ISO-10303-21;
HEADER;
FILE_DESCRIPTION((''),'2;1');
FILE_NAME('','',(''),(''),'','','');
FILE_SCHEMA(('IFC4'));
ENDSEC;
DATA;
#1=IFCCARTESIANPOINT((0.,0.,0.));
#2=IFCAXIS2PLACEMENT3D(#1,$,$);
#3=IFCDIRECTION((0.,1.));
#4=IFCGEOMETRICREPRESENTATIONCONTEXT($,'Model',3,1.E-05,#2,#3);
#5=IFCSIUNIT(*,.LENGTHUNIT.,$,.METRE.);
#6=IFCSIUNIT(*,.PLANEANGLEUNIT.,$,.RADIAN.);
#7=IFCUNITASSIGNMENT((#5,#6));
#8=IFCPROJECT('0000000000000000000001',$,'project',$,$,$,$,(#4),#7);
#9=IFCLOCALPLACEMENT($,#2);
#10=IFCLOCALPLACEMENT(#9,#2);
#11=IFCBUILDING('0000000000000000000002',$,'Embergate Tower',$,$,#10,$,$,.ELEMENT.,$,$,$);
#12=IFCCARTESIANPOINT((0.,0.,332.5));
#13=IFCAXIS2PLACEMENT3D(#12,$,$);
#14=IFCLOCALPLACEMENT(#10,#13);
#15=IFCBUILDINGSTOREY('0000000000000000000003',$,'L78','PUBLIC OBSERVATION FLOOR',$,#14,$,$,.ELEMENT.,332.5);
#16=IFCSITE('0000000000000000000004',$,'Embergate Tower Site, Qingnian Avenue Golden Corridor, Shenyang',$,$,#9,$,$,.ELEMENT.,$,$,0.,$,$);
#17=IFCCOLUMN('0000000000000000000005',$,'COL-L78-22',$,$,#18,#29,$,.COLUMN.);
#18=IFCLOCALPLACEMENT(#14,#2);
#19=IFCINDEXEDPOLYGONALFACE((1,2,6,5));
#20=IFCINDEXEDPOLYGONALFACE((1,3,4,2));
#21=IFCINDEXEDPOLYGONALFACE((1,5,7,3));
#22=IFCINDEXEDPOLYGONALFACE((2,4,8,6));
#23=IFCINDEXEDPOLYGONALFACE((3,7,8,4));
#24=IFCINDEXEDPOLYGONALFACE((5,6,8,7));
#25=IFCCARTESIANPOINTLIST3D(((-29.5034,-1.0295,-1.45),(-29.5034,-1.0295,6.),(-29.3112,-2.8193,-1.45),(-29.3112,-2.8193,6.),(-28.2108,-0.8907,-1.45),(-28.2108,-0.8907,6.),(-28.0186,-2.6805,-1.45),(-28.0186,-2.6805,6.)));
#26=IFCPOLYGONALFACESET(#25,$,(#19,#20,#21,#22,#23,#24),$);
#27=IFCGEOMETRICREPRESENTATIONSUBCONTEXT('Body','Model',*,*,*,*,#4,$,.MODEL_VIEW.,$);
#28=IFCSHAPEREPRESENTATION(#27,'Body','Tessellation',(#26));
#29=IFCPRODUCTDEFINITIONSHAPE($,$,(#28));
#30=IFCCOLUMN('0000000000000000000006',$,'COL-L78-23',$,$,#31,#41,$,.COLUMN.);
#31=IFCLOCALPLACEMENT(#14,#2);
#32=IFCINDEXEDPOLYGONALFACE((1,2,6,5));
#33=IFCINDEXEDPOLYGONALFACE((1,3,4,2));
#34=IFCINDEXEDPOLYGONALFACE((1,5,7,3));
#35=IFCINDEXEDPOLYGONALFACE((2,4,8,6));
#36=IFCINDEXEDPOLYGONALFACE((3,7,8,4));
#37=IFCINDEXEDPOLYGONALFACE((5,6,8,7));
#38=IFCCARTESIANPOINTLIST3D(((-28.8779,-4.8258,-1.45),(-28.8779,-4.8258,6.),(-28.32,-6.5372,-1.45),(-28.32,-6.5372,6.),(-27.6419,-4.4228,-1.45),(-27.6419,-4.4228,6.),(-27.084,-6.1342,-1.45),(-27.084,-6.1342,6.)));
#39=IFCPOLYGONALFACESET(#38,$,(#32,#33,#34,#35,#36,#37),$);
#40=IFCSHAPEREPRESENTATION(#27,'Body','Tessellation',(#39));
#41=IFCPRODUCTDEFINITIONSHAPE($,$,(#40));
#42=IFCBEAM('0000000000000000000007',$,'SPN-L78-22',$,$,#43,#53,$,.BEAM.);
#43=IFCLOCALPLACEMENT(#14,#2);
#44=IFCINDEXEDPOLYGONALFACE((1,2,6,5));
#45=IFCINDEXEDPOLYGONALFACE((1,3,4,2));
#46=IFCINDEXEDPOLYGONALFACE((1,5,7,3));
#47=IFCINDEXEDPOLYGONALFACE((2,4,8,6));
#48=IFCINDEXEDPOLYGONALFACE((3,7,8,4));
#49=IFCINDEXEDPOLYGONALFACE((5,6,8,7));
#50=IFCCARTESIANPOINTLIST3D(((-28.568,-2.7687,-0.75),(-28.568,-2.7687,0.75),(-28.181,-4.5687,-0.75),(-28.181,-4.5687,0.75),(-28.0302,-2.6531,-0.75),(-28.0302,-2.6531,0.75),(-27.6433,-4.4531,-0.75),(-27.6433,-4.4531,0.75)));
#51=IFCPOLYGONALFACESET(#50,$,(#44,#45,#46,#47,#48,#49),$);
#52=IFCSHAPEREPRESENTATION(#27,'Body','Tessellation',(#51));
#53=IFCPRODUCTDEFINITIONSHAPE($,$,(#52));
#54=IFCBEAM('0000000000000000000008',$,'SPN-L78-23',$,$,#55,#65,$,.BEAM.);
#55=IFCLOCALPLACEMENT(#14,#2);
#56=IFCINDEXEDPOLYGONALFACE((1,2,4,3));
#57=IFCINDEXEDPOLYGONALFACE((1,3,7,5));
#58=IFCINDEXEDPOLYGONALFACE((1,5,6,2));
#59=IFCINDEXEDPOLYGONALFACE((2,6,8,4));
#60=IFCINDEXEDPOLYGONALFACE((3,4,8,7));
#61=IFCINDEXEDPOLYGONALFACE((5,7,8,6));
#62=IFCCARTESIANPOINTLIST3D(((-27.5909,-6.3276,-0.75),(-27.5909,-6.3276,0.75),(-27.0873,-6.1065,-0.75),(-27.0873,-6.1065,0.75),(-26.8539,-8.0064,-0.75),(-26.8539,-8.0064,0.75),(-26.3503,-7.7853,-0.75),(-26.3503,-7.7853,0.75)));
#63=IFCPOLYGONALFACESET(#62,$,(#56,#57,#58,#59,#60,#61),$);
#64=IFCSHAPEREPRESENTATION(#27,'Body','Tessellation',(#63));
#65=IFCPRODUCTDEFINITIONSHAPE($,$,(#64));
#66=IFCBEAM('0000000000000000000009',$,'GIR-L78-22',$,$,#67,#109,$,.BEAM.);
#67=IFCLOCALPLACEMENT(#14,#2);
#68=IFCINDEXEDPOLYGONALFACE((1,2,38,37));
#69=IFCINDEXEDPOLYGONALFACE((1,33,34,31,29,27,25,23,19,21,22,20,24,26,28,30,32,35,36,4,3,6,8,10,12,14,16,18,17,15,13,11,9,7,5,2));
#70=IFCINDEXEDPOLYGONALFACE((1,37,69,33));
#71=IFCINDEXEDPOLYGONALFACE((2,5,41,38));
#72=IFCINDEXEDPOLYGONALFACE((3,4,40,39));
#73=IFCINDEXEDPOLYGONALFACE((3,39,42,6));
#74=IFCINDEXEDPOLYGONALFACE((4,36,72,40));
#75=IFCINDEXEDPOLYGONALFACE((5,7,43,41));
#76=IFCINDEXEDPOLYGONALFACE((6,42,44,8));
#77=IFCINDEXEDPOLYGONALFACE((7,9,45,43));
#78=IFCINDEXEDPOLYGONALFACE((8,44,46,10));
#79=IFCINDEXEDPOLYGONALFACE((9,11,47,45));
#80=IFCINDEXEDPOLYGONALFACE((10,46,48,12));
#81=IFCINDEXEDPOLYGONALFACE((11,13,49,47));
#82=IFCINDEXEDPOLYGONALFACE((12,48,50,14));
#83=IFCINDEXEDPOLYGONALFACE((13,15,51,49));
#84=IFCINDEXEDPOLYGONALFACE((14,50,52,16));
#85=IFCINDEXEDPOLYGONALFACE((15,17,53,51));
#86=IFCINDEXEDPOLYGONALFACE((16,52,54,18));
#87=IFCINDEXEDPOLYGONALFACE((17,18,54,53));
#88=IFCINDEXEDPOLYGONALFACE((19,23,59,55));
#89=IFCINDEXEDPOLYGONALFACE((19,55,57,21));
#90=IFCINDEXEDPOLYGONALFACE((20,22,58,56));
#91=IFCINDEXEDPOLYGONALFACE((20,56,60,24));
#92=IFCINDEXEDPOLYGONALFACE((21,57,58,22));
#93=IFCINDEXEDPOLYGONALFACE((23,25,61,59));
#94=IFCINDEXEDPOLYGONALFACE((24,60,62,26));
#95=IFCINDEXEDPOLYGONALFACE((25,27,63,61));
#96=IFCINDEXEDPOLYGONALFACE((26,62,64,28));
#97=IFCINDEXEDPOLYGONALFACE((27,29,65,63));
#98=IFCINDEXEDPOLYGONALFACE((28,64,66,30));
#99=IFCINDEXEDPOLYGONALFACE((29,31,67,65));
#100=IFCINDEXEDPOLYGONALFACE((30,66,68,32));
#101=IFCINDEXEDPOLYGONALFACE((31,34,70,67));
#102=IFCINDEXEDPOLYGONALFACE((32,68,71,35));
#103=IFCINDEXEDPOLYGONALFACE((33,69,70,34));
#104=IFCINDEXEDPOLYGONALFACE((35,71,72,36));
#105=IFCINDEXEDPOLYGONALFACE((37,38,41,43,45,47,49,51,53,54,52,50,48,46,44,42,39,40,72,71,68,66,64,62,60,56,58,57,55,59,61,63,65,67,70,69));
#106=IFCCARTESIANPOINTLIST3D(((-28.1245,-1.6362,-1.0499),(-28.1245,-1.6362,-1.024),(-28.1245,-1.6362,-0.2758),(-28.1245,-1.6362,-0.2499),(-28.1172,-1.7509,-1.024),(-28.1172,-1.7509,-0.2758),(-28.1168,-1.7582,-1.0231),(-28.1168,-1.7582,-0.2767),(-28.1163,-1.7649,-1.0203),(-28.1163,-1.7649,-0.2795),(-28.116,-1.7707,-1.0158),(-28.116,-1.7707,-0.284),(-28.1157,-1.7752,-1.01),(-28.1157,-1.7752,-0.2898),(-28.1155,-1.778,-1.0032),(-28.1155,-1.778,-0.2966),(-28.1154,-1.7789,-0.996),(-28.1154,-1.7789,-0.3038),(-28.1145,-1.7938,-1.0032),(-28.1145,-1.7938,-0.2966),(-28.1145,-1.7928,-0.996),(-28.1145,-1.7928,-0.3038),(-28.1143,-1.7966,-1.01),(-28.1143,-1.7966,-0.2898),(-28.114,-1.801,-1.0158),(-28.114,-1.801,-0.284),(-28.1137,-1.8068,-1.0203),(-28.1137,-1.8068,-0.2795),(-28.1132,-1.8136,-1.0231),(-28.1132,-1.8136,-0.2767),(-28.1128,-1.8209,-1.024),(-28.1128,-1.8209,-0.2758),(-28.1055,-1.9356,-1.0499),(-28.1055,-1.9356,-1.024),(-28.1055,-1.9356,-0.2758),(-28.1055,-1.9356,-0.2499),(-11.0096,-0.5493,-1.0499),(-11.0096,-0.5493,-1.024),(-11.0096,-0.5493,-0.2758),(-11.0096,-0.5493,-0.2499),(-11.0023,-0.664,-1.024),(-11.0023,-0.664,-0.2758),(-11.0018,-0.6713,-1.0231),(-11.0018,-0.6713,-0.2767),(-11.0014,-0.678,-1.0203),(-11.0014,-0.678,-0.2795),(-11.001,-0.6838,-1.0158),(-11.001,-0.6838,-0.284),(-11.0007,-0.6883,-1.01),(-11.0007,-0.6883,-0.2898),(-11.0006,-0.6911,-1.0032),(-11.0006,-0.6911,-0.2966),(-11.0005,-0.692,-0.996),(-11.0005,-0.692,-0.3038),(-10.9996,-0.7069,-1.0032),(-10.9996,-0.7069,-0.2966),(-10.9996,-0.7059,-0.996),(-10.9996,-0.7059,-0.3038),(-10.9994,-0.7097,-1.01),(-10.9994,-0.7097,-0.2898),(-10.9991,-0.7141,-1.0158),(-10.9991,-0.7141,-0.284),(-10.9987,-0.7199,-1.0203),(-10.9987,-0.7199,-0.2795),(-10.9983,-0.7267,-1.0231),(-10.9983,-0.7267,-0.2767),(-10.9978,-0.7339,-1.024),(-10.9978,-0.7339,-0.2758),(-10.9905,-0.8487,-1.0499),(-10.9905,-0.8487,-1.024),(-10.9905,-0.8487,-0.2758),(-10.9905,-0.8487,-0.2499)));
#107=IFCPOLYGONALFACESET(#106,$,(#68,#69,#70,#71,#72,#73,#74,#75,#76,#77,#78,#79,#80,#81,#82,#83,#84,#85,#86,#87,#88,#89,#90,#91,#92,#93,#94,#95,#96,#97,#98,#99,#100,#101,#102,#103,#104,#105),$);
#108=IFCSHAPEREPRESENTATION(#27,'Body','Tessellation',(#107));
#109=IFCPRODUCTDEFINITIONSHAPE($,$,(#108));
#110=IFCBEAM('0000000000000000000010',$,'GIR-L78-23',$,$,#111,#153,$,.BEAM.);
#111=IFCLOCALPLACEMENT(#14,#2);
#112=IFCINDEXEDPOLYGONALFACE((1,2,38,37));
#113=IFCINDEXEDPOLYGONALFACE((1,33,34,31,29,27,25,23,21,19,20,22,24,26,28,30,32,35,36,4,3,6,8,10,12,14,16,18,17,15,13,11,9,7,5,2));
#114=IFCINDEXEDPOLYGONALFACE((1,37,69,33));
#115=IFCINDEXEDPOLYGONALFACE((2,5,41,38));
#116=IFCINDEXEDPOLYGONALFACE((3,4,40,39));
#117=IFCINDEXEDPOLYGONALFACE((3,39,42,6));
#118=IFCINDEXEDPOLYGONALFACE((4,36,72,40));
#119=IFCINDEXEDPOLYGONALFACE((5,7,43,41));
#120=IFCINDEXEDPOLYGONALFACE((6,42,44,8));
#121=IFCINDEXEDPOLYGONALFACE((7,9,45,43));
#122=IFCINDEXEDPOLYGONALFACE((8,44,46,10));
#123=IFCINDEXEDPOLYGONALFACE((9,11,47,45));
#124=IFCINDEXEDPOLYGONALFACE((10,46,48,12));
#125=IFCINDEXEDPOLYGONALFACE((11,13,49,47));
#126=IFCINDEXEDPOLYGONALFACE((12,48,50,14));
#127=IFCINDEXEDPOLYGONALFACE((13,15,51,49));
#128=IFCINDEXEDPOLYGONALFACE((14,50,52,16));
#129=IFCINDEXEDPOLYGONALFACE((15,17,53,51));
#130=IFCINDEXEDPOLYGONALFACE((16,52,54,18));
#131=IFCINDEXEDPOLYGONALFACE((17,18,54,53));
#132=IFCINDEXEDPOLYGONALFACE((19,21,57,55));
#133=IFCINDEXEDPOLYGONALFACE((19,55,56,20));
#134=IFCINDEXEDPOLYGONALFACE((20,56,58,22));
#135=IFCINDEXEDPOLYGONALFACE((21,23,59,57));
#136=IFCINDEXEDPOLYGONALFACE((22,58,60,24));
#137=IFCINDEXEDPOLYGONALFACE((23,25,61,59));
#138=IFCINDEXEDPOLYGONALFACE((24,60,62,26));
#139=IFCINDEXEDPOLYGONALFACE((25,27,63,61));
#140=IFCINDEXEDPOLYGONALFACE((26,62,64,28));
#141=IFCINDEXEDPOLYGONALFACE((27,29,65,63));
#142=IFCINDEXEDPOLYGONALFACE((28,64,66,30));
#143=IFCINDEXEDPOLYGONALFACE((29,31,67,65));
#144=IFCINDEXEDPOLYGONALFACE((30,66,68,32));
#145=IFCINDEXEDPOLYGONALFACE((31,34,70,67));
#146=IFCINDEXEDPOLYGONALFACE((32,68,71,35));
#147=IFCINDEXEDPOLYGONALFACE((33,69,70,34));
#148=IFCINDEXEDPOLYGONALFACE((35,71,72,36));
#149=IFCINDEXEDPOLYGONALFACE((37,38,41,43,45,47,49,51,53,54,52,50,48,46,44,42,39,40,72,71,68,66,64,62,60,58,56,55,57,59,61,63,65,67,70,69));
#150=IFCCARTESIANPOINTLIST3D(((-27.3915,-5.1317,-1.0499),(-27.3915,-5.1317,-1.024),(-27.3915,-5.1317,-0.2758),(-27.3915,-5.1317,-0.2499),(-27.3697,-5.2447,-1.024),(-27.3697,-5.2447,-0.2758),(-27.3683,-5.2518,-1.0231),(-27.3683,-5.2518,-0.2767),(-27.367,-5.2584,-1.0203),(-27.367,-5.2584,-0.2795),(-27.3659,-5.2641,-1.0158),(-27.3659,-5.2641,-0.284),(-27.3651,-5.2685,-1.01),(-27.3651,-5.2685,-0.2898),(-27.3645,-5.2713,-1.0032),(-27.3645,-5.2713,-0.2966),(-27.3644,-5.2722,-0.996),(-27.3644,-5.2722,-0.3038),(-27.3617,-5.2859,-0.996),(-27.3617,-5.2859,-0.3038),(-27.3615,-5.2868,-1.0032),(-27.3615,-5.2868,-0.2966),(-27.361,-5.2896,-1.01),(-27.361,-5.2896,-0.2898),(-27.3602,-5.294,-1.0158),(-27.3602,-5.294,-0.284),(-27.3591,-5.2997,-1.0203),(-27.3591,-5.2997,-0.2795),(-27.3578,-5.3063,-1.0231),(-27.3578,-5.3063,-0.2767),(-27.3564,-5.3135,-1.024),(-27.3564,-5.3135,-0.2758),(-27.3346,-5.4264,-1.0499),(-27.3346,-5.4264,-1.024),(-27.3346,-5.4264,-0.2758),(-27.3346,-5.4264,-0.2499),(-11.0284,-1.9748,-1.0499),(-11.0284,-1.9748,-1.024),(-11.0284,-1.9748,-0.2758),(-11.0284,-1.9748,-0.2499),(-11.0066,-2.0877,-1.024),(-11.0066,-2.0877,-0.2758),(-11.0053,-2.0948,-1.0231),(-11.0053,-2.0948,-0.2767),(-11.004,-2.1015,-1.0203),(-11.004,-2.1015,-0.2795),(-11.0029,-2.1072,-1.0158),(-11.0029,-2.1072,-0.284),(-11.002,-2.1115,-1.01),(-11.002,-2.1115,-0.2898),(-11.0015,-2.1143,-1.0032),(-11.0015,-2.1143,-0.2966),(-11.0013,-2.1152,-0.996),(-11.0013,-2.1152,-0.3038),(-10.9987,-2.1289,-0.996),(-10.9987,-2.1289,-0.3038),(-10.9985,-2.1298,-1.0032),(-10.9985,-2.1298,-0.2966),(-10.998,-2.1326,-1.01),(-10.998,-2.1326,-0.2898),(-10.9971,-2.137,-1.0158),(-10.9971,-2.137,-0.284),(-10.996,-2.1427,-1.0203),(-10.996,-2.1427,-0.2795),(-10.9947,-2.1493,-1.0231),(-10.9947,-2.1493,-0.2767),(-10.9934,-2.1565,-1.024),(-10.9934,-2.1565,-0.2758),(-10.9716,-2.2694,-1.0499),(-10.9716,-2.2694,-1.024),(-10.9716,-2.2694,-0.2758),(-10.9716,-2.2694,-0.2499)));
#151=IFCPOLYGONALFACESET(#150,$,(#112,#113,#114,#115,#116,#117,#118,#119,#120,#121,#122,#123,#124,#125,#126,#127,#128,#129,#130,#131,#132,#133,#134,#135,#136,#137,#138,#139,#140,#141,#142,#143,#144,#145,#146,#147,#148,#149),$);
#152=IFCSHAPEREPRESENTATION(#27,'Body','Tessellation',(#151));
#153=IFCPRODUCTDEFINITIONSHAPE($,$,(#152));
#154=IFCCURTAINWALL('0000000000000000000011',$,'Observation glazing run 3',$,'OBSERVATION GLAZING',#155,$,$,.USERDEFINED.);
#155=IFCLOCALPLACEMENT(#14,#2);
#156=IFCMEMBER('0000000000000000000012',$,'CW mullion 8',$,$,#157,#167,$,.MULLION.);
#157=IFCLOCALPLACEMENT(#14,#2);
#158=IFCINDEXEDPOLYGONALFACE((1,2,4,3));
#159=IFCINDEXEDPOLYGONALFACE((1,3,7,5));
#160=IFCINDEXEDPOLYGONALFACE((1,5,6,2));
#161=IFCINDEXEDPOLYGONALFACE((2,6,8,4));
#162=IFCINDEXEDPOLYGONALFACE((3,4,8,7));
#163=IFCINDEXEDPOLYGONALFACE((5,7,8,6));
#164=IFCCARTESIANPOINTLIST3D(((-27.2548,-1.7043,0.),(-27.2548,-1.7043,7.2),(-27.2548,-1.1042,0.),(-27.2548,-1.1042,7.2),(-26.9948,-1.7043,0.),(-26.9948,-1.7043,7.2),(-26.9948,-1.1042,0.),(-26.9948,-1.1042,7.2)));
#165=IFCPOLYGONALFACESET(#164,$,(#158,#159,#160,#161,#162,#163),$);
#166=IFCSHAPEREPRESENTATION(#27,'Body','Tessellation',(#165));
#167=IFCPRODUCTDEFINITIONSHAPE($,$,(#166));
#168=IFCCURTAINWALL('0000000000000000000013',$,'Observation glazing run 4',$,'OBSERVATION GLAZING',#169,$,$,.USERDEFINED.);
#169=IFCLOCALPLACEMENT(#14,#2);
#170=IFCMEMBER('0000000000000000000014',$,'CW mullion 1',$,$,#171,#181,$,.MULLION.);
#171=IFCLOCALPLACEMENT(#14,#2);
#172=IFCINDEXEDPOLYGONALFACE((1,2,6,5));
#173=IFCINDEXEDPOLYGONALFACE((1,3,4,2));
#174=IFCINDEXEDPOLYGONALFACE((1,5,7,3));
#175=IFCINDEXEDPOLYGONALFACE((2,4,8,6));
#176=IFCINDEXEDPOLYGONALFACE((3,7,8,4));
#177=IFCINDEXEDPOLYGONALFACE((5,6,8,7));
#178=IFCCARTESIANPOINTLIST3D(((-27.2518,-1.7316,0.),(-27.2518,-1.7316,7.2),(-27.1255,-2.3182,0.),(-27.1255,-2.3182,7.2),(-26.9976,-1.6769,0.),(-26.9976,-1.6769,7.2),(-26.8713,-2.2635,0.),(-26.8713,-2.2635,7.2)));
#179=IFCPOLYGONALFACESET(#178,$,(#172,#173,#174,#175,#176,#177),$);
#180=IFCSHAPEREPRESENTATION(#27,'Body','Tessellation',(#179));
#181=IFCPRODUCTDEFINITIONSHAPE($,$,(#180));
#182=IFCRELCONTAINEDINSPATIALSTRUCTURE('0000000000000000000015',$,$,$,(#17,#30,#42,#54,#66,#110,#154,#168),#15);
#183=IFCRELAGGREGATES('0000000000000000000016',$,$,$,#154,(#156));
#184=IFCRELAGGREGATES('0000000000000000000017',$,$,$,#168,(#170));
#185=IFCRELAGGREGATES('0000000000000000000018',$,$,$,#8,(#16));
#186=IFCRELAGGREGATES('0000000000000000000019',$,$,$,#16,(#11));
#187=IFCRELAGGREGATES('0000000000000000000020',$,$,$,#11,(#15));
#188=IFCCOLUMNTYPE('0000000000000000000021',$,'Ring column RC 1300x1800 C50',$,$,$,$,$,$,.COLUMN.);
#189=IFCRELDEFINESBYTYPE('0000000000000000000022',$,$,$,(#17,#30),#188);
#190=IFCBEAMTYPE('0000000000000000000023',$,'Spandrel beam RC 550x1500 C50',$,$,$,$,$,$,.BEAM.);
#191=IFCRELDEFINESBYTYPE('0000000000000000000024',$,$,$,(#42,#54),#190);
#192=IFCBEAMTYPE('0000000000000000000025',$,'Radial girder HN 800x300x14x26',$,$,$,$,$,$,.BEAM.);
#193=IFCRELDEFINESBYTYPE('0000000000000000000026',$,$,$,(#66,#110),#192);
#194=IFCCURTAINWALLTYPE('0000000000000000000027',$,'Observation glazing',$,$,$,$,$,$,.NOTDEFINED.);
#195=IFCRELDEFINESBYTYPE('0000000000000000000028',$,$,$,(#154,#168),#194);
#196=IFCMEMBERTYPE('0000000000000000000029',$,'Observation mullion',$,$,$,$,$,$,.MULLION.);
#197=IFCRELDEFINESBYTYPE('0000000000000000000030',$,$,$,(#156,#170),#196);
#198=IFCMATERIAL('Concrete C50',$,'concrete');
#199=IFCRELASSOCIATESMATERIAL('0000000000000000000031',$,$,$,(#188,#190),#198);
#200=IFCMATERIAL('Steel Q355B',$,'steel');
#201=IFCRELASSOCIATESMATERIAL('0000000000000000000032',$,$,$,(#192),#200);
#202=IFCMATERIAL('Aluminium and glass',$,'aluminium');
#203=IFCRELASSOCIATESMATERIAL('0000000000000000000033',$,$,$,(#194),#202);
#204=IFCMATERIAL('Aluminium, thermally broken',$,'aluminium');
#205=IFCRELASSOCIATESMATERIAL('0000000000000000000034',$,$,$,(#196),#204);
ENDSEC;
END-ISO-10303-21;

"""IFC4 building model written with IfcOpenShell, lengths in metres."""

from ifc_helpers import new_model, si_unit, direction, frame, origin, origin_2d, place, context, subcontext, project, spatial, rectangle, i_section, extrude, source, transform, mapped, material, material_profile, profile_set, type_object, element, aggregate, save


model = new_model("IFC4")

# Units and contexts
model_context = context("Model", 3, precision=1e-05, world=origin(), true_north=direction((0.0, 1.0)))
body_context = subcontext(model_context, "Body", "Model", "MODEL_VIEW")
ifc_project = project(units=[si_unit("LENGTHUNIT", "METRE"), si_unit("PLANEANGLEUNIT", "RADIAN")], contexts=[model_context])

# Site, building, storey
site_placement = place(None, origin())
site = spatial("IfcSite", under=ifc_project, at=site_placement, Name="Embergate Tower Site, Qingnian Avenue Golden Corridor, Shenyang", CompositionType="ELEMENT", RefElevation=0.0)
building_placement = place(site_placement, origin())
building = spatial("IfcBuilding", under=site, at=building_placement, Name="Embergate Tower", CompositionType="ELEMENT")
storey_placement = place(building_placement, frame((0.0, 0.0, 332.5)))
storey = spatial("IfcBuildingStorey", under=building, at=storey_placement, Name="L78", Description="PUBLIC OBSERVATION FLOOR", CompositionType="ELEMENT", Elevation=332.5)

# Columns
ifc_material_1 = material(Name="Concrete C50", Category="concrete")
ifc_material_profile_1 = material_profile(ifc_material_1, rectangle(XDim=1.3, YDim=1.8, at=origin_2d()), Name="RC 1300x1800")
ifc_profile_set_1 = profile_set([ifc_material_profile_1], Name="Concrete C50")
column_type = type_object("IfcColumnType", Name="Ring column RC 1300x1800 C50", PredefinedType="COLUMN", material=ifc_profile_set_1)
shared_shape_1 = source(origin(), body_context, "Body", "SweptSolid", [
    extrude(rectangle(XDim=1.3, YDim=1.8, at=origin_2d()), origin(), (0.0, 0.0, 1.0), 7.45),
])
for number, where, z_axis, x_axis, name in (
    (1, (-28.761, -1.855, -1.45), (0.0, 0.0, 1.0), (-0.994286, -0.10675, 0.0), "COL-L78-22"),
    (2, (-27.981, -5.48, -1.45), (0.0, 0.0, 1.0), (-0.950754, -0.309946, 0.0), "COL-L78-23"),
):
    element("IfcColumn", number, at=place(storey_placement, frame(where, z_axis=z_axis, x_axis=x_axis)), inside=storey, type_object=column_type, Name=name, PredefinedType="COLUMN", context=body_context, shape_type="MappedRepresentation", body=[
        mapped(shared_shape_1, transform((0.0, 0.0, 0.0))),
    ])

# Beams
ifc_material_profile_2 = material_profile(ifc_material_1, rectangle(XDim=0.55, YDim=1.5, at=origin_2d()), Name="RC 550x1500")
ifc_profile_set_2 = profile_set([ifc_material_profile_2], Name="Concrete C50")
beam_type_1 = type_object("IfcBeamType", Name="Spandrel beam RC 550x1500 C50", PredefinedType="BEAM", material=ifc_profile_set_2)
shared_shape_2 = source(origin(), body_context, "Body", "SweptSolid", [
    extrude(rectangle(XDim=0.55, YDim=1.5, at=origin_2d()), origin(), (0.0, 0.0, 1.0), 1.8411),
])
beam_1_placement = place(storey_placement, frame((-28.2991, -2.7109, 0.0), z_axis=(0.210172, -0.977664, 0.0), x_axis=(0.977664, 0.210172, 0.0)))
element("IfcBeam", 3, at=beam_1_placement, inside=storey, type_object=beam_type_1, Name="SPN-L78-22", PredefinedType="BEAM", context=body_context, shape_type="MappedRepresentation", body=[
    mapped(shared_shape_2, transform((0.0, 0.0, 0.0))),
])
shared_shape_3 = source(origin(), body_context, "Body", "SweptSolid", [
    extrude(rectangle(XDim=0.55, YDim=1.5, at=origin_2d()), origin(), (0.0, 0.0, 1.0), 1.8335),
])
beam_2_placement = place(storey_placement, frame((-27.3391, -6.217, 0.0), z_axis=(0.401971, -0.915652, 0.0), x_axis=(0.915652, 0.401971, 0.0)))
element("IfcBeam", 4, at=beam_2_placement, inside=storey, type_object=beam_type_1, Name="SPN-L78-23", PredefinedType="BEAM", context=body_context, shape_type="MappedRepresentation", body=[
    mapped(shared_shape_3, transform((0.0, 0.0, 0.0))),
])
ifc_material_2 = material(Name="Steel Q355B", Category="steel")
ifc_material_profile_3 = material_profile(ifc_material_2, i_section(OverallWidth=0.3, OverallDepth=0.8, WebThickness=0.0139, FlangeThickness=0.0259, FilletRadius=0.0281, at=origin_2d()), Name="HN 800x300x14x26")
ifc_profile_set_3 = profile_set([ifc_material_profile_3], Name="Steel Q355 grade B")
beam_type_2 = type_object("IfcBeamType", Name="Radial girder HN 800x300x14x26", PredefinedType="BEAM", material=ifc_profile_set_3)
shared_shape_4 = source(origin(), body_context, "Body", "SweptSolid", [
    extrude(i_section(OverallWidth=0.3, OverallDepth=0.8, WebThickness=0.0139, FlangeThickness=0.0259, FilletRadius=0.0281, at=origin_2d()), origin(), (0.0, 0.0, 1.0), 17.1494),
])
beam_3_placement = place(storey_placement, frame((-28.115, -1.7859, -0.6499), z_axis=(0.99799, 0.063379, 0.0), x_axis=(-0.063379, 0.99799, 0.0)))
element("IfcBeam", 5, at=beam_3_placement, inside=storey, type_object=beam_type_2, Name="GIR-L78-22", PredefinedType="BEAM", context=body_context, shape_type="MappedRepresentation", body=[
    mapped(shared_shape_4, transform((0.0, 0.0, 0.0))),
])
shared_shape_5 = source(origin(), body_context, "Body", "SweptSolid", [
    extrude(i_section(OverallWidth=0.3, OverallDepth=0.8, WebThickness=0.0139, FlangeThickness=0.0259, FilletRadius=0.0281, at=origin_2d()), origin(), (0.0, 0.0, 1.0), 16.6648),
])
beam_4_placement = place(storey_placement, frame((-27.363, -5.2791, -0.6499), z_axis=(0.981892, 0.18944, 0.0), x_axis=(-0.18944, 0.981892, 0.0)))
element("IfcBeam", 6, at=beam_4_placement, inside=storey, type_object=beam_type_2, Name="GIR-L78-23", PredefinedType="BEAM", context=body_context, shape_type="MappedRepresentation", body=[
    mapped(shared_shape_5, transform((0.0, 0.0, 0.0))),
])

# Curtain wall, member
ifc_material_3 = material(Name="Aluminium and glass", Category="aluminium")
curtain_wall_type = type_object("IfcCurtainWallType", Name="Observation glazing", PredefinedType="NOTDEFINED", material=ifc_material_3)
curtain_wall_1_placement = place(storey_placement, origin())
curtain_wall_1 = element("IfcCurtainWall", 7, at=curtain_wall_1_placement, inside=storey, type_object=curtain_wall_type, Name="Observation glazing run 3", ObjectType="OBSERVATION GLAZING", PredefinedType="USERDEFINED")
ifc_material_4 = material(Name="Aluminium, thermally broken", Category="aluminium")
ifc_material_profile_4 = material_profile(ifc_material_4, rectangle(XDim=0.26, YDim=0.6001, at=origin_2d()), Name="AL 600x260")
ifc_profile_set_4 = profile_set([ifc_material_profile_4], Name="Aluminium, thermally broken")
member_type_1 = type_object("IfcMemberType", Name="Observation mullion", PredefinedType="MULLION", material=ifc_profile_set_4)
shared_shape_6 = source(origin(), body_context, "Body", "SweptSolid", [
    extrude(rectangle(XDim=0.26, YDim=0.6001, at=origin_2d()), origin(), (0.0, 0.0, 1.0), 7.2),
])
member_1_placement = place(storey_placement, frame((-27.1248, -1.4043, 0.0), z_axis=(0.0, 0.0, 1.0), x_axis=(1.0, 0.0, 0.0)))
member_1 = element("IfcMember", 8, at=member_1_placement, type_object=member_type_1, Name="CW mullion 8", PredefinedType="MULLION", context=body_context, shape_type="MappedRepresentation", body=[
    mapped(shared_shape_6, transform((0.0, 0.0, 0.0))),
])
aggregate(curtain_wall_1, [member_1])

# Curtain wall, member
curtain_wall_2_placement = place(storey_placement, origin())
curtain_wall_2 = element("IfcCurtainWall", 9, at=curtain_wall_2_placement, inside=storey, type_object=curtain_wall_type, Name="Observation glazing run 4", ObjectType="OBSERVATION GLAZING", PredefinedType="USERDEFINED")
member_2_placement = place(storey_placement, frame((-27.0615, -1.9976, 0.0), z_axis=(0.0, 0.0, 1.0), x_axis=(0.977614, 0.210407, 0.0)))
member_2 = element("IfcMember", 10, at=member_2_placement, type_object=member_type_1, Name="CW mullion 1", PredefinedType="MULLION", context=body_context, shape_type="MappedRepresentation", body=[
    mapped(shared_shape_6, transform((0.0, 0.0, 0.0))),
])
aggregate(curtain_wall_2, [member_2])

save(model, "model.ifc")
